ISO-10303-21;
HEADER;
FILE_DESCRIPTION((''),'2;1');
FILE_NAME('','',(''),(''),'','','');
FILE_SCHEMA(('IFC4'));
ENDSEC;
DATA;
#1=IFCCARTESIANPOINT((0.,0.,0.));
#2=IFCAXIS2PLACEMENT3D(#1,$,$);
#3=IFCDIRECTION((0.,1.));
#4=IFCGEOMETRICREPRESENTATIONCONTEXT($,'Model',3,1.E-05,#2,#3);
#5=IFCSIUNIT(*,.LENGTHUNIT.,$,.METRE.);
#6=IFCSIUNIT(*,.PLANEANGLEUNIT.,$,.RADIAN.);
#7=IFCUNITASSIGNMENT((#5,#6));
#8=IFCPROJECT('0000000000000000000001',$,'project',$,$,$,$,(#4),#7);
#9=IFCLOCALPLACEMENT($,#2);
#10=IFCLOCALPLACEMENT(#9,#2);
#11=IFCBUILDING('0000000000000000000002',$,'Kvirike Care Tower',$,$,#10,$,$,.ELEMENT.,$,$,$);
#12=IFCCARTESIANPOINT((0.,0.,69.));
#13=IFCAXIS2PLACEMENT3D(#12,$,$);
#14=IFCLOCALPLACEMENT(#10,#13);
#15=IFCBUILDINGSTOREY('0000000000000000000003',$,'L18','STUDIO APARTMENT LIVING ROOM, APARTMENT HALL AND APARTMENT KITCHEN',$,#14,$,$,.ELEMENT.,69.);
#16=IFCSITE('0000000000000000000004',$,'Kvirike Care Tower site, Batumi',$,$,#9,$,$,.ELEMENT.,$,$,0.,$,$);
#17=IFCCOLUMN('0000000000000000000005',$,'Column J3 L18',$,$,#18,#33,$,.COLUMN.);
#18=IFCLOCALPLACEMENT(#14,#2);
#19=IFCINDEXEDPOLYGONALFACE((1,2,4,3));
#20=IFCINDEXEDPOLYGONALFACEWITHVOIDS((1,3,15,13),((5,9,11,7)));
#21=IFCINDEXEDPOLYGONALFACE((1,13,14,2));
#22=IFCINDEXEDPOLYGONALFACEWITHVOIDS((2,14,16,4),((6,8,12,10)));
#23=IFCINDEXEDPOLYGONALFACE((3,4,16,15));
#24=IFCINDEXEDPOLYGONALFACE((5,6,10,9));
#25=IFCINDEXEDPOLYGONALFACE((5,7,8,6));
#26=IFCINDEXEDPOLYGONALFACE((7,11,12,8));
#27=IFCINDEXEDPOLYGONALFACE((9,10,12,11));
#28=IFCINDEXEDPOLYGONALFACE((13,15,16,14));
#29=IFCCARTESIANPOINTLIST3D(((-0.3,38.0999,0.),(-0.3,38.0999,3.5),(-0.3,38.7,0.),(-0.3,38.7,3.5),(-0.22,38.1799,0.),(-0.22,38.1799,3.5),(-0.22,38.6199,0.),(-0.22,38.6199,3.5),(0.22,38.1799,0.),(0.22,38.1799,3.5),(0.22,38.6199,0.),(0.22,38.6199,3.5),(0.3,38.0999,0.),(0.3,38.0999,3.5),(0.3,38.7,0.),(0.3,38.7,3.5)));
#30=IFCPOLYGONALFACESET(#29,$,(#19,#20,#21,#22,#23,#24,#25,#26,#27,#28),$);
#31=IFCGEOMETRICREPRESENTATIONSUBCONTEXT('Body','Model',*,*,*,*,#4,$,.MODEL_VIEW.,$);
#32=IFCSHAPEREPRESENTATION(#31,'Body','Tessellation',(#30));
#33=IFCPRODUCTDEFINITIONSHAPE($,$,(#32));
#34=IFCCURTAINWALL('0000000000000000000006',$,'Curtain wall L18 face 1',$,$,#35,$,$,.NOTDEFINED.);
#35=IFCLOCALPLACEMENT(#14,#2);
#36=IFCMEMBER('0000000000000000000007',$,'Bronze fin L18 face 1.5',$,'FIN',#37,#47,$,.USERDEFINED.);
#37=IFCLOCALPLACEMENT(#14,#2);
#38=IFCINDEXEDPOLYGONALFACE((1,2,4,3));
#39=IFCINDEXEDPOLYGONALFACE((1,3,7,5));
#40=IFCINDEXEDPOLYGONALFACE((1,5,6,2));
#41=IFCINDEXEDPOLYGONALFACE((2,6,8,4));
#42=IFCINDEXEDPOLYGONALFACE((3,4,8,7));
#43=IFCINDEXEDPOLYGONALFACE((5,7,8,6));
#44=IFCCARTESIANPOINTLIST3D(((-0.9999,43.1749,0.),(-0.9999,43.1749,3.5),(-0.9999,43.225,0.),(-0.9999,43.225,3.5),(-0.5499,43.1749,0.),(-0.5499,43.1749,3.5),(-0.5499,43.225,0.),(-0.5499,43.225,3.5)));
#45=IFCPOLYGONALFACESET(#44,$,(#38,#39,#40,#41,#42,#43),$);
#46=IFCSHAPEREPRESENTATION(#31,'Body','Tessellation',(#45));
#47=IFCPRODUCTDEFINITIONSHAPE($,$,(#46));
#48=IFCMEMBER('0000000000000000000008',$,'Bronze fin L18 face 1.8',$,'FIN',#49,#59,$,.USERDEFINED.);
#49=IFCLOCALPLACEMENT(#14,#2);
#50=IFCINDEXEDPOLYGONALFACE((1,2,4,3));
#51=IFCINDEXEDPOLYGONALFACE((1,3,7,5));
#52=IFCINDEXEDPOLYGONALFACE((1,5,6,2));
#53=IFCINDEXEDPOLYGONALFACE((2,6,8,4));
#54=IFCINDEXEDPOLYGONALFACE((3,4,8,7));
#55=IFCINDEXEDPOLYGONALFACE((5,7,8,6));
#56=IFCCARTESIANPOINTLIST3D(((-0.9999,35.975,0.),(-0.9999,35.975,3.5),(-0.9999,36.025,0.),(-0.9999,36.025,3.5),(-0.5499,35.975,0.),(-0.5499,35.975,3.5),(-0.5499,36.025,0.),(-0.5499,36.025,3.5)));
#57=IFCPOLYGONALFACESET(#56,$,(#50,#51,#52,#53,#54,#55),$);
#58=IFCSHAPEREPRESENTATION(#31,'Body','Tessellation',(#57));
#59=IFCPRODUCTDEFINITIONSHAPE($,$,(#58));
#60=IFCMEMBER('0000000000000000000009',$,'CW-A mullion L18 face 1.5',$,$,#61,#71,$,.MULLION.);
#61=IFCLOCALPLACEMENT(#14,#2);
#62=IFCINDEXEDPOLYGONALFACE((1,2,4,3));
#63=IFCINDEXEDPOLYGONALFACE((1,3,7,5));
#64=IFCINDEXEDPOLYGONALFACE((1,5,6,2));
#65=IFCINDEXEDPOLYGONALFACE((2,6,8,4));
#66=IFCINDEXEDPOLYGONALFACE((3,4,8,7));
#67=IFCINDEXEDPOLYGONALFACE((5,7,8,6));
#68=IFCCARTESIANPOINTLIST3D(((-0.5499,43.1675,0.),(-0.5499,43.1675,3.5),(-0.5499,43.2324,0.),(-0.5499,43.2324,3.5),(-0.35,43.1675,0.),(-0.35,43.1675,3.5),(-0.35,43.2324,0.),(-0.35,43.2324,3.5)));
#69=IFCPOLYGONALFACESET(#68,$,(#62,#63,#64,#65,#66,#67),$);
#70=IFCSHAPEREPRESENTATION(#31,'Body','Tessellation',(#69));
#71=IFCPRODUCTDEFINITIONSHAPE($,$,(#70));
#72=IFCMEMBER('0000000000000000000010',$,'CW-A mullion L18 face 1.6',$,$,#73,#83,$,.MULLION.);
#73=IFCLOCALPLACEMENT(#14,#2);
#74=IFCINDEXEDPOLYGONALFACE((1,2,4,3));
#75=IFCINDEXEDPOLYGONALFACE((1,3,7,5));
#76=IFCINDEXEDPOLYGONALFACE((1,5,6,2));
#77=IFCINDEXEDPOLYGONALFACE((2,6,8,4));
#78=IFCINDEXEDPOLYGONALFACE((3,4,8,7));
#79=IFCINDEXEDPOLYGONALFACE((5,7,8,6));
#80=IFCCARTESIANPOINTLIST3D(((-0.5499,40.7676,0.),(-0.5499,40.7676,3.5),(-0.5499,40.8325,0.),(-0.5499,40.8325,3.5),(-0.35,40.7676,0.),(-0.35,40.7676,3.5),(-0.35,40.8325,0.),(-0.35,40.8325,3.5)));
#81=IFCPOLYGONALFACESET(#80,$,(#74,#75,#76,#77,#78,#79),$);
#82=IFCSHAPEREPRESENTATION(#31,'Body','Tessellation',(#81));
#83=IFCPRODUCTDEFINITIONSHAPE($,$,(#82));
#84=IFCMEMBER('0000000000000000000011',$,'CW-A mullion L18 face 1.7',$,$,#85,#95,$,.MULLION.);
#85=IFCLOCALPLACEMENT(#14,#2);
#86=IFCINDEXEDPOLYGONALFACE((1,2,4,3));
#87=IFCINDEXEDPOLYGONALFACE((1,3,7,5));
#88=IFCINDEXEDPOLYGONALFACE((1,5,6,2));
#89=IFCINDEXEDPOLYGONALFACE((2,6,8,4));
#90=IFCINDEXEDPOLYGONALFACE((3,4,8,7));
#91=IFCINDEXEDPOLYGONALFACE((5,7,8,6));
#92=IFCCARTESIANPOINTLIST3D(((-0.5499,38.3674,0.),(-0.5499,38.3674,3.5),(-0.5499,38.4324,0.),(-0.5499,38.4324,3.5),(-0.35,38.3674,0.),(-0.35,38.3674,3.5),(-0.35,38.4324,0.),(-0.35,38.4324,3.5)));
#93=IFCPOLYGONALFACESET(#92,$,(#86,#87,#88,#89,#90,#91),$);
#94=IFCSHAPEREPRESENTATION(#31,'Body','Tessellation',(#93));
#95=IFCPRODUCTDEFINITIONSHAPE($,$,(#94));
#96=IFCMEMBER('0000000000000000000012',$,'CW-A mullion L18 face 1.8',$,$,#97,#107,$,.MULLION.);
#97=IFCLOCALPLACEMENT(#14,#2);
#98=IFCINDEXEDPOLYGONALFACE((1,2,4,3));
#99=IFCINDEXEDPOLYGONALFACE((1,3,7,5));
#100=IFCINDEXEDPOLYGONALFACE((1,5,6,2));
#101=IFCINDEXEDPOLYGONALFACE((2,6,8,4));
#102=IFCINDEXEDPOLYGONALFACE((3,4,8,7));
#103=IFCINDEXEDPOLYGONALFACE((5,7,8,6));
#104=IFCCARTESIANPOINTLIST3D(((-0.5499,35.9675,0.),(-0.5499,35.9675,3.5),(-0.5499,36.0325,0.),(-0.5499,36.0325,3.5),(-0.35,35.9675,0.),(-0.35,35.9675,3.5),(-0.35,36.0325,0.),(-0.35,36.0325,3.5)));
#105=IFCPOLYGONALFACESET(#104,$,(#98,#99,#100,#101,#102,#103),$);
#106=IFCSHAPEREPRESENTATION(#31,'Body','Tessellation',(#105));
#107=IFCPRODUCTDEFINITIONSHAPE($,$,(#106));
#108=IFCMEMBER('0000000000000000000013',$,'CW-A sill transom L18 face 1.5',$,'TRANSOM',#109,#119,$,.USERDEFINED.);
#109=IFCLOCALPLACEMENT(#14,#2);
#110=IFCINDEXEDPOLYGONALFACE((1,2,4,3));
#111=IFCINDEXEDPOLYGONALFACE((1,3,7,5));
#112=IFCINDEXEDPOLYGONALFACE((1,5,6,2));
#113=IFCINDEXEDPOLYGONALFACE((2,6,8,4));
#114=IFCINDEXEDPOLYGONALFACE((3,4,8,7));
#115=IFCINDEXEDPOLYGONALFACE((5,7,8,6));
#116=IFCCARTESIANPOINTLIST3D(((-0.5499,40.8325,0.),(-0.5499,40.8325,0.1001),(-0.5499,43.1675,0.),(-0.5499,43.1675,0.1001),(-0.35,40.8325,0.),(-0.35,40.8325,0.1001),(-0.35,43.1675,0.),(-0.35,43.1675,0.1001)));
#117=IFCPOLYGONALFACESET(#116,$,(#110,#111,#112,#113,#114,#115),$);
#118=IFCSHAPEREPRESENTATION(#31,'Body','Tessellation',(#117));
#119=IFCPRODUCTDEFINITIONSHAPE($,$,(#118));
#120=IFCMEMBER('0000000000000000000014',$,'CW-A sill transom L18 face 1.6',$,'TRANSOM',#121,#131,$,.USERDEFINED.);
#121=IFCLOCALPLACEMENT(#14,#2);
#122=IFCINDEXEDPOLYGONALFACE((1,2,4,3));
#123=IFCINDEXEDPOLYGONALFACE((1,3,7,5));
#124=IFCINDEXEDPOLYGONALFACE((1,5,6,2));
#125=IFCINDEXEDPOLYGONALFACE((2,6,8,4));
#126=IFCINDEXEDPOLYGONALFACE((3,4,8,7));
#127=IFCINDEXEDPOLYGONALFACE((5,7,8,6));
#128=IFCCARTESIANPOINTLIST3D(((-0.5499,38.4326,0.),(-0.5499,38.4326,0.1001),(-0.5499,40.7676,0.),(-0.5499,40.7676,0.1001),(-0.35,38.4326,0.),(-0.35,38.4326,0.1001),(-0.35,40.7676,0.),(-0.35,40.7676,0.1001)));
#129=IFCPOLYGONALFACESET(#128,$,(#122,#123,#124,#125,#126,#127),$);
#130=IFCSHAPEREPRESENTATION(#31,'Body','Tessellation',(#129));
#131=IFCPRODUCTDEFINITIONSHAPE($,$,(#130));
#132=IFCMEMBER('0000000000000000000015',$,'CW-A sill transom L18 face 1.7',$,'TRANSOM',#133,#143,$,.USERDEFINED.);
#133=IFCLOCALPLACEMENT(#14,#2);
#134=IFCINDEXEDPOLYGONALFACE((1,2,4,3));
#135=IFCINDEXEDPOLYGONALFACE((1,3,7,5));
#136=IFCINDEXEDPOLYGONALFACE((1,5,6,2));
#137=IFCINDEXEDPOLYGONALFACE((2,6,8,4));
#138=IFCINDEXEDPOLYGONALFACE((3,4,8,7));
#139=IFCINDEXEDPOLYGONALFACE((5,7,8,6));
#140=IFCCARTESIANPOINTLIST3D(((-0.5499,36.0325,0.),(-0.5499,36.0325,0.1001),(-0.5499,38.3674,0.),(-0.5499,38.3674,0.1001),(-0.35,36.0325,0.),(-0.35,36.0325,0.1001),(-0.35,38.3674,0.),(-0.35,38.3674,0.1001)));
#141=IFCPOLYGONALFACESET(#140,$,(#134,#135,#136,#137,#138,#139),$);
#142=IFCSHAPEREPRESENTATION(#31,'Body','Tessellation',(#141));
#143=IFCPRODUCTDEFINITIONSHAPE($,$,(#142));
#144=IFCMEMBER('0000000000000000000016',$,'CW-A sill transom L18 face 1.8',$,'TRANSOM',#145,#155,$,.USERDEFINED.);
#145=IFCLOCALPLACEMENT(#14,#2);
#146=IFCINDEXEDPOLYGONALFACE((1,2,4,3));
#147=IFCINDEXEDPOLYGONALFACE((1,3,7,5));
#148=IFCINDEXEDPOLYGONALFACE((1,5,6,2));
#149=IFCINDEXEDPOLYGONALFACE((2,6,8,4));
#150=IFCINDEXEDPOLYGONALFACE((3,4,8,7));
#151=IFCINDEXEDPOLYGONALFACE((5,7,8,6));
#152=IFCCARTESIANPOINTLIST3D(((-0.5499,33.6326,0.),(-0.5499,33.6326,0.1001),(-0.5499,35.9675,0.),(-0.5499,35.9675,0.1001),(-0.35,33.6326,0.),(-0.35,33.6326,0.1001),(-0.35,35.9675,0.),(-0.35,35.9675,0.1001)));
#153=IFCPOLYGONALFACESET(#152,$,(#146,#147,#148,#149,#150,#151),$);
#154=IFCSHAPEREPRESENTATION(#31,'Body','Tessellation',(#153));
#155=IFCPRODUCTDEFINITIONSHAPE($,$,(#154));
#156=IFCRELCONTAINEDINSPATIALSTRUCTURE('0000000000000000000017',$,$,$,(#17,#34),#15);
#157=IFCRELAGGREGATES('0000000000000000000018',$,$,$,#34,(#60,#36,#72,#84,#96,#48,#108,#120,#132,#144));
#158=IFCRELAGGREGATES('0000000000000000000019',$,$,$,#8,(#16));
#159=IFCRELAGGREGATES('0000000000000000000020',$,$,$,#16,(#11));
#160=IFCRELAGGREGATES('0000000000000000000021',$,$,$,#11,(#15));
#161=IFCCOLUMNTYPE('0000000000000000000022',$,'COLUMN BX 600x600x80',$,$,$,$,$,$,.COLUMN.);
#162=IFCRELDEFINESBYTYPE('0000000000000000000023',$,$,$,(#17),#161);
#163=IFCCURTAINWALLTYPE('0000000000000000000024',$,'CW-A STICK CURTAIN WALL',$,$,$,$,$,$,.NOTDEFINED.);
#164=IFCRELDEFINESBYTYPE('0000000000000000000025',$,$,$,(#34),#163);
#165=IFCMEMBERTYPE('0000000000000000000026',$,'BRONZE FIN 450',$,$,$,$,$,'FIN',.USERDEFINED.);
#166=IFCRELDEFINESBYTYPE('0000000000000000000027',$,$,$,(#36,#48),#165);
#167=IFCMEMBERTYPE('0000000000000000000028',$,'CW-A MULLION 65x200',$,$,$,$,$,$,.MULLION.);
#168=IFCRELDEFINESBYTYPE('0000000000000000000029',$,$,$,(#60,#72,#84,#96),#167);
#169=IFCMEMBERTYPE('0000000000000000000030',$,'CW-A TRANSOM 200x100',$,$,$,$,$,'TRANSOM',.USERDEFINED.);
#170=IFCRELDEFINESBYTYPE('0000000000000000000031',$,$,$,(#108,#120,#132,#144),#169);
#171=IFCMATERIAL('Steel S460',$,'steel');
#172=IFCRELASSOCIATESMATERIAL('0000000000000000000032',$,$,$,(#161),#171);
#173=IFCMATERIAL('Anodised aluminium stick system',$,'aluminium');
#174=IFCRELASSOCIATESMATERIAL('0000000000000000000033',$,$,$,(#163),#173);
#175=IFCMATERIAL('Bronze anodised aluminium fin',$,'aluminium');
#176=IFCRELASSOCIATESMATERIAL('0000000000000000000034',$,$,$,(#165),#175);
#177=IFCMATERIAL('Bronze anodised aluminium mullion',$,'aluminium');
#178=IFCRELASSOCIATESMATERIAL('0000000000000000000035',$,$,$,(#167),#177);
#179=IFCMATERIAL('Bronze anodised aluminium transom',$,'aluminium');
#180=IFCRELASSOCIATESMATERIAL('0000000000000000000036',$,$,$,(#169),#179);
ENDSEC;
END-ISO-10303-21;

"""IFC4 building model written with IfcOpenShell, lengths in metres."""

from ifc_helpers import new_model, si_unit, direction, frame, origin, origin_2d, place, context, subcontext, project, spatial, rectangle, hollow_rectangle, extrude, material, material_profile, profile_set, type_object, element, aggregate, save


model = new_model("IFC4")

# Units and contexts
model_context = context("Model", 3, precision=1e-05, world=origin(), true_north=direction((0.0, 1.0)))
body_context = subcontext(model_context, "Body", "Model", "MODEL_VIEW")
ifc_project = project(units=[si_unit("LENGTHUNIT", "METRE"), si_unit("PLANEANGLEUNIT", "RADIAN")], contexts=[model_context])

# Site, building, storey
site_placement = place(None, origin())
site = spatial("IfcSite", under=ifc_project, at=site_placement, Name="Kvirike Care Tower site, Batumi", CompositionType="ELEMENT", RefElevation=0.0)
building_placement = place(site_placement, origin())
building = spatial("IfcBuilding", under=site, at=building_placement, Name="Kvirike Care Tower", CompositionType="ELEMENT")
storey_placement = place(building_placement, frame((0.0, 0.0, 69.0)))
storey = spatial("IfcBuildingStorey", under=building, at=storey_placement, Name="L18", Description="STUDIO APARTMENT LIVING ROOM, APARTMENT HALL AND APARTMENT KITCHEN", CompositionType="ELEMENT", Elevation=69.0)

# Column
ifc_material_1 = material(Name="Steel S460", Category="steel")
ifc_material_profile_1 = material_profile(ifc_material_1, hollow_rectangle(XDim=0.6001, YDim=0.6001, WallThickness=0.0801, at=origin_2d()), Name="BX 600x600x80")
ifc_profile_set_1 = profile_set([ifc_material_profile_1], Name="Steel S460")
column_type = type_object("IfcColumnType", Name="COLUMN BX 600x600x80", PredefinedType="COLUMN", material=ifc_profile_set_1)
column_placement = place(storey_placement, frame((0.0, 38.3999, 0.0), z_axis=(0.0, 0.0, 1.0), x_axis=(1.0, 0.0, 0.0)))
element("IfcColumn", 1, at=column_placement, inside=storey, type_object=column_type, Name="Column J3 L18", PredefinedType="COLUMN", context=body_context, shape_type="SweptSolid", body=[
    extrude(hollow_rectangle(XDim=0.6001, YDim=0.6001, WallThickness=0.0801, at=origin_2d()), origin(), (0.0, 0.0, 1.0), 3.5),
])

# Curtain wall, members
ifc_material_2 = material(Name="Anodised aluminium stick system", Category="aluminium")
curtain_wall_type = type_object("IfcCurtainWallType", Name="CW-A STICK CURTAIN WALL", PredefinedType="NOTDEFINED", material=ifc_material_2)
curtain_wall_placement = place(storey_placement, origin())
curtain_wall = element("IfcCurtainWall", 2, at=curtain_wall_placement, inside=storey, type_object=curtain_wall_type, Name="Curtain wall L18 face 1", PredefinedType="NOTDEFINED")
ifc_material_3 = material(Name="Bronze anodised aluminium fin", Category="aluminium")
ifc_material_profile_2 = material_profile(ifc_material_3, rectangle(XDim=0.05, YDim=0.45, at=origin_2d()), Name="BRONZE FIN 450")
ifc_profile_set_2 = profile_set([ifc_material_profile_2], Name="Bronze anodised aluminium fin")
member_type_1 = type_object("IfcMemberType", Name="BRONZE FIN 450", ElementType="FIN", PredefinedType="USERDEFINED", material=ifc_profile_set_2)
member_1_placement = place(storey_placement, frame((-0.7749, 43.2, 0.0), z_axis=(0.0, 0.0, 1.0), x_axis=(0.0, -1.0, 0.0)))
member_1 = element("IfcMember", 3, at=member_1_placement, type_object=member_type_1, Name="Bronze fin L18 face 1.5", ObjectType="FIN", PredefinedType="USERDEFINED", context=body_context, shape_type="SweptSolid", body=[
    extrude(rectangle(XDim=0.05, YDim=0.45, at=origin_2d()), origin(), (0.0, 0.0, 1.0), 3.5),
])
member_2_placement = place(storey_placement, frame((-0.7749, 36.0, 0.0), z_axis=(0.0, 0.0, 1.0), x_axis=(0.0, -1.0, 0.0)))
member_2 = element("IfcMember", 4, at=member_2_placement, type_object=member_type_1, Name="Bronze fin L18 face 1.8", ObjectType="FIN", PredefinedType="USERDEFINED", context=body_context, shape_type="SweptSolid", body=[
    extrude(rectangle(XDim=0.05, YDim=0.45, at=origin_2d()), origin(), (0.0, 0.0, 1.0), 3.5),
])
ifc_material_4 = material(Name="Bronze anodised aluminium mullion", Category="aluminium")
ifc_material_profile_3 = material_profile(ifc_material_4, rectangle(XDim=0.0649, YDim=0.2, at=origin_2d()), Name="CW-A MULLION 65x200")
ifc_profile_set_3 = profile_set([ifc_material_profile_3], Name="Bronze anodised aluminium mullion")
member_type_2 = type_object("IfcMemberType", Name="CW-A MULLION 65x200", PredefinedType="MULLION", material=ifc_profile_set_3)
member_3_placement = place(storey_placement, frame((-0.45, 43.2, 0.0), z_axis=(0.0, 0.0, 1.0), x_axis=(0.0, -1.0, 0.0)))
member_3 = element("IfcMember", 5, at=member_3_placement, type_object=member_type_2, Name="CW-A mullion L18 face 1.5", PredefinedType="MULLION", context=body_context, shape_type="SweptSolid", body=[
    extrude(rectangle(XDim=0.0649, YDim=0.2, at=origin_2d()), origin(), (0.0, 0.0, 1.0), 3.5),
])
member_4_placement = place(storey_placement, frame((-0.45, 40.8, 0.0), z_axis=(0.0, 0.0, 1.0), x_axis=(0.0, -1.0, 0.0)))
member_4 = element("IfcMember", 6, at=member_4_placement, type_object=member_type_2, Name="CW-A mullion L18 face 1.6", PredefinedType="MULLION", context=body_context, shape_type="SweptSolid", body=[
    extrude(rectangle(XDim=0.0649, YDim=0.2, at=origin_2d()), origin(), (0.0, 0.0, 1.0), 3.5),
])
member_5_placement = place(storey_placement, frame((-0.45, 38.3999, 0.0), z_axis=(0.0, 0.0, 1.0), x_axis=(0.0, -1.0, 0.0)))
member_5 = element("IfcMember", 7, at=member_5_placement, type_object=member_type_2, Name="CW-A mullion L18 face 1.7", PredefinedType="MULLION", context=body_context, shape_type="SweptSolid", body=[
    extrude(rectangle(XDim=0.0649, YDim=0.2, at=origin_2d()), origin(), (0.0, 0.0, 1.0), 3.5),
])
member_6_placement = place(storey_placement, frame((-0.45, 36.0, 0.0), z_axis=(0.0, 0.0, 1.0), x_axis=(0.0, -1.0, 0.0)))
member_6 = element("IfcMember", 8, at=member_6_placement, type_object=member_type_2, Name="CW-A mullion L18 face 1.8", PredefinedType="MULLION", context=body_context, shape_type="SweptSolid", body=[
    extrude(rectangle(XDim=0.0649, YDim=0.2, at=origin_2d()), origin(), (0.0, 0.0, 1.0), 3.5),
])
ifc_material_5 = material(Name="Bronze anodised aluminium transom", Category="aluminium")
ifc_material_profile_4 = material_profile(ifc_material_5, rectangle(XDim=0.2, YDim=0.1001, at=origin_2d()), Name="CW-A TRANSOM 200x100")
ifc_profile_set_4 = profile_set([ifc_material_profile_4], Name="Bronze anodised aluminium transom")
member_type_3 = type_object("IfcMemberType", Name="CW-A TRANSOM 200x100", ElementType="TRANSOM", PredefinedType="USERDEFINED", material=ifc_profile_set_4)
member_7_placement = place(storey_placement, frame((-0.45, 43.1675, 0.05), z_axis=(0.0, -1.0, 0.0), x_axis=(1.0, 0.0, 0.0)))
member_7 = element("IfcMember", 9, at=member_7_placement, type_object=member_type_3, Name="CW-A sill transom L18 face 1.5", ObjectType="TRANSOM", PredefinedType="USERDEFINED", context=body_context, shape_type="SweptSolid", body=[
    extrude(rectangle(XDim=0.2, YDim=0.1001, at=origin_2d()), origin(), (0.0, 0.0, 1.0), 2.335),
])
member_8_placement = place(storey_placement, frame((-0.45, 40.7676, 0.05), z_axis=(0.0, -1.0, 0.0), x_axis=(1.0, 0.0, 0.0)))
member_8 = element("IfcMember", 10, at=member_8_placement, type_object=member_type_3, Name="CW-A sill transom L18 face 1.6", ObjectType="TRANSOM", PredefinedType="USERDEFINED", context=body_context, shape_type="SweptSolid", body=[
    extrude(rectangle(XDim=0.2, YDim=0.1001, at=origin_2d()), origin(), (0.0, 0.0, 1.0), 2.335),
])
member_9_placement = place(storey_placement, frame((-0.45, 38.3674, 0.05), z_axis=(0.0, -1.0, 0.0), x_axis=(1.0, 0.0, 0.0)))
member_9 = element("IfcMember", 11, at=member_9_placement, type_object=member_type_3, Name="CW-A sill transom L18 face 1.7", ObjectType="TRANSOM", PredefinedType="USERDEFINED", context=body_context, shape_type="SweptSolid", body=[
    extrude(rectangle(XDim=0.2, YDim=0.1001, at=origin_2d()), origin(), (0.0, 0.0, 1.0), 2.335),
])
member_10_placement = place(storey_placement, frame((-0.45, 35.9675, 0.05), z_axis=(0.0, -1.0, 0.0), x_axis=(1.0, 0.0, 0.0)))
member_10 = element("IfcMember", 12, at=member_10_placement, type_object=member_type_3, Name="CW-A sill transom L18 face 1.8", ObjectType="TRANSOM", PredefinedType="USERDEFINED", context=body_context, shape_type="SweptSolid", body=[
    extrude(rectangle(XDim=0.2, YDim=0.1001, at=origin_2d()), origin(), (0.0, 0.0, 1.0), 2.335),
])

aggregate(curtain_wall, [member_3, member_1, member_4, member_5, member_6, member_2, member_7, member_8, member_9, member_10])

save(model, "model.ifc")
